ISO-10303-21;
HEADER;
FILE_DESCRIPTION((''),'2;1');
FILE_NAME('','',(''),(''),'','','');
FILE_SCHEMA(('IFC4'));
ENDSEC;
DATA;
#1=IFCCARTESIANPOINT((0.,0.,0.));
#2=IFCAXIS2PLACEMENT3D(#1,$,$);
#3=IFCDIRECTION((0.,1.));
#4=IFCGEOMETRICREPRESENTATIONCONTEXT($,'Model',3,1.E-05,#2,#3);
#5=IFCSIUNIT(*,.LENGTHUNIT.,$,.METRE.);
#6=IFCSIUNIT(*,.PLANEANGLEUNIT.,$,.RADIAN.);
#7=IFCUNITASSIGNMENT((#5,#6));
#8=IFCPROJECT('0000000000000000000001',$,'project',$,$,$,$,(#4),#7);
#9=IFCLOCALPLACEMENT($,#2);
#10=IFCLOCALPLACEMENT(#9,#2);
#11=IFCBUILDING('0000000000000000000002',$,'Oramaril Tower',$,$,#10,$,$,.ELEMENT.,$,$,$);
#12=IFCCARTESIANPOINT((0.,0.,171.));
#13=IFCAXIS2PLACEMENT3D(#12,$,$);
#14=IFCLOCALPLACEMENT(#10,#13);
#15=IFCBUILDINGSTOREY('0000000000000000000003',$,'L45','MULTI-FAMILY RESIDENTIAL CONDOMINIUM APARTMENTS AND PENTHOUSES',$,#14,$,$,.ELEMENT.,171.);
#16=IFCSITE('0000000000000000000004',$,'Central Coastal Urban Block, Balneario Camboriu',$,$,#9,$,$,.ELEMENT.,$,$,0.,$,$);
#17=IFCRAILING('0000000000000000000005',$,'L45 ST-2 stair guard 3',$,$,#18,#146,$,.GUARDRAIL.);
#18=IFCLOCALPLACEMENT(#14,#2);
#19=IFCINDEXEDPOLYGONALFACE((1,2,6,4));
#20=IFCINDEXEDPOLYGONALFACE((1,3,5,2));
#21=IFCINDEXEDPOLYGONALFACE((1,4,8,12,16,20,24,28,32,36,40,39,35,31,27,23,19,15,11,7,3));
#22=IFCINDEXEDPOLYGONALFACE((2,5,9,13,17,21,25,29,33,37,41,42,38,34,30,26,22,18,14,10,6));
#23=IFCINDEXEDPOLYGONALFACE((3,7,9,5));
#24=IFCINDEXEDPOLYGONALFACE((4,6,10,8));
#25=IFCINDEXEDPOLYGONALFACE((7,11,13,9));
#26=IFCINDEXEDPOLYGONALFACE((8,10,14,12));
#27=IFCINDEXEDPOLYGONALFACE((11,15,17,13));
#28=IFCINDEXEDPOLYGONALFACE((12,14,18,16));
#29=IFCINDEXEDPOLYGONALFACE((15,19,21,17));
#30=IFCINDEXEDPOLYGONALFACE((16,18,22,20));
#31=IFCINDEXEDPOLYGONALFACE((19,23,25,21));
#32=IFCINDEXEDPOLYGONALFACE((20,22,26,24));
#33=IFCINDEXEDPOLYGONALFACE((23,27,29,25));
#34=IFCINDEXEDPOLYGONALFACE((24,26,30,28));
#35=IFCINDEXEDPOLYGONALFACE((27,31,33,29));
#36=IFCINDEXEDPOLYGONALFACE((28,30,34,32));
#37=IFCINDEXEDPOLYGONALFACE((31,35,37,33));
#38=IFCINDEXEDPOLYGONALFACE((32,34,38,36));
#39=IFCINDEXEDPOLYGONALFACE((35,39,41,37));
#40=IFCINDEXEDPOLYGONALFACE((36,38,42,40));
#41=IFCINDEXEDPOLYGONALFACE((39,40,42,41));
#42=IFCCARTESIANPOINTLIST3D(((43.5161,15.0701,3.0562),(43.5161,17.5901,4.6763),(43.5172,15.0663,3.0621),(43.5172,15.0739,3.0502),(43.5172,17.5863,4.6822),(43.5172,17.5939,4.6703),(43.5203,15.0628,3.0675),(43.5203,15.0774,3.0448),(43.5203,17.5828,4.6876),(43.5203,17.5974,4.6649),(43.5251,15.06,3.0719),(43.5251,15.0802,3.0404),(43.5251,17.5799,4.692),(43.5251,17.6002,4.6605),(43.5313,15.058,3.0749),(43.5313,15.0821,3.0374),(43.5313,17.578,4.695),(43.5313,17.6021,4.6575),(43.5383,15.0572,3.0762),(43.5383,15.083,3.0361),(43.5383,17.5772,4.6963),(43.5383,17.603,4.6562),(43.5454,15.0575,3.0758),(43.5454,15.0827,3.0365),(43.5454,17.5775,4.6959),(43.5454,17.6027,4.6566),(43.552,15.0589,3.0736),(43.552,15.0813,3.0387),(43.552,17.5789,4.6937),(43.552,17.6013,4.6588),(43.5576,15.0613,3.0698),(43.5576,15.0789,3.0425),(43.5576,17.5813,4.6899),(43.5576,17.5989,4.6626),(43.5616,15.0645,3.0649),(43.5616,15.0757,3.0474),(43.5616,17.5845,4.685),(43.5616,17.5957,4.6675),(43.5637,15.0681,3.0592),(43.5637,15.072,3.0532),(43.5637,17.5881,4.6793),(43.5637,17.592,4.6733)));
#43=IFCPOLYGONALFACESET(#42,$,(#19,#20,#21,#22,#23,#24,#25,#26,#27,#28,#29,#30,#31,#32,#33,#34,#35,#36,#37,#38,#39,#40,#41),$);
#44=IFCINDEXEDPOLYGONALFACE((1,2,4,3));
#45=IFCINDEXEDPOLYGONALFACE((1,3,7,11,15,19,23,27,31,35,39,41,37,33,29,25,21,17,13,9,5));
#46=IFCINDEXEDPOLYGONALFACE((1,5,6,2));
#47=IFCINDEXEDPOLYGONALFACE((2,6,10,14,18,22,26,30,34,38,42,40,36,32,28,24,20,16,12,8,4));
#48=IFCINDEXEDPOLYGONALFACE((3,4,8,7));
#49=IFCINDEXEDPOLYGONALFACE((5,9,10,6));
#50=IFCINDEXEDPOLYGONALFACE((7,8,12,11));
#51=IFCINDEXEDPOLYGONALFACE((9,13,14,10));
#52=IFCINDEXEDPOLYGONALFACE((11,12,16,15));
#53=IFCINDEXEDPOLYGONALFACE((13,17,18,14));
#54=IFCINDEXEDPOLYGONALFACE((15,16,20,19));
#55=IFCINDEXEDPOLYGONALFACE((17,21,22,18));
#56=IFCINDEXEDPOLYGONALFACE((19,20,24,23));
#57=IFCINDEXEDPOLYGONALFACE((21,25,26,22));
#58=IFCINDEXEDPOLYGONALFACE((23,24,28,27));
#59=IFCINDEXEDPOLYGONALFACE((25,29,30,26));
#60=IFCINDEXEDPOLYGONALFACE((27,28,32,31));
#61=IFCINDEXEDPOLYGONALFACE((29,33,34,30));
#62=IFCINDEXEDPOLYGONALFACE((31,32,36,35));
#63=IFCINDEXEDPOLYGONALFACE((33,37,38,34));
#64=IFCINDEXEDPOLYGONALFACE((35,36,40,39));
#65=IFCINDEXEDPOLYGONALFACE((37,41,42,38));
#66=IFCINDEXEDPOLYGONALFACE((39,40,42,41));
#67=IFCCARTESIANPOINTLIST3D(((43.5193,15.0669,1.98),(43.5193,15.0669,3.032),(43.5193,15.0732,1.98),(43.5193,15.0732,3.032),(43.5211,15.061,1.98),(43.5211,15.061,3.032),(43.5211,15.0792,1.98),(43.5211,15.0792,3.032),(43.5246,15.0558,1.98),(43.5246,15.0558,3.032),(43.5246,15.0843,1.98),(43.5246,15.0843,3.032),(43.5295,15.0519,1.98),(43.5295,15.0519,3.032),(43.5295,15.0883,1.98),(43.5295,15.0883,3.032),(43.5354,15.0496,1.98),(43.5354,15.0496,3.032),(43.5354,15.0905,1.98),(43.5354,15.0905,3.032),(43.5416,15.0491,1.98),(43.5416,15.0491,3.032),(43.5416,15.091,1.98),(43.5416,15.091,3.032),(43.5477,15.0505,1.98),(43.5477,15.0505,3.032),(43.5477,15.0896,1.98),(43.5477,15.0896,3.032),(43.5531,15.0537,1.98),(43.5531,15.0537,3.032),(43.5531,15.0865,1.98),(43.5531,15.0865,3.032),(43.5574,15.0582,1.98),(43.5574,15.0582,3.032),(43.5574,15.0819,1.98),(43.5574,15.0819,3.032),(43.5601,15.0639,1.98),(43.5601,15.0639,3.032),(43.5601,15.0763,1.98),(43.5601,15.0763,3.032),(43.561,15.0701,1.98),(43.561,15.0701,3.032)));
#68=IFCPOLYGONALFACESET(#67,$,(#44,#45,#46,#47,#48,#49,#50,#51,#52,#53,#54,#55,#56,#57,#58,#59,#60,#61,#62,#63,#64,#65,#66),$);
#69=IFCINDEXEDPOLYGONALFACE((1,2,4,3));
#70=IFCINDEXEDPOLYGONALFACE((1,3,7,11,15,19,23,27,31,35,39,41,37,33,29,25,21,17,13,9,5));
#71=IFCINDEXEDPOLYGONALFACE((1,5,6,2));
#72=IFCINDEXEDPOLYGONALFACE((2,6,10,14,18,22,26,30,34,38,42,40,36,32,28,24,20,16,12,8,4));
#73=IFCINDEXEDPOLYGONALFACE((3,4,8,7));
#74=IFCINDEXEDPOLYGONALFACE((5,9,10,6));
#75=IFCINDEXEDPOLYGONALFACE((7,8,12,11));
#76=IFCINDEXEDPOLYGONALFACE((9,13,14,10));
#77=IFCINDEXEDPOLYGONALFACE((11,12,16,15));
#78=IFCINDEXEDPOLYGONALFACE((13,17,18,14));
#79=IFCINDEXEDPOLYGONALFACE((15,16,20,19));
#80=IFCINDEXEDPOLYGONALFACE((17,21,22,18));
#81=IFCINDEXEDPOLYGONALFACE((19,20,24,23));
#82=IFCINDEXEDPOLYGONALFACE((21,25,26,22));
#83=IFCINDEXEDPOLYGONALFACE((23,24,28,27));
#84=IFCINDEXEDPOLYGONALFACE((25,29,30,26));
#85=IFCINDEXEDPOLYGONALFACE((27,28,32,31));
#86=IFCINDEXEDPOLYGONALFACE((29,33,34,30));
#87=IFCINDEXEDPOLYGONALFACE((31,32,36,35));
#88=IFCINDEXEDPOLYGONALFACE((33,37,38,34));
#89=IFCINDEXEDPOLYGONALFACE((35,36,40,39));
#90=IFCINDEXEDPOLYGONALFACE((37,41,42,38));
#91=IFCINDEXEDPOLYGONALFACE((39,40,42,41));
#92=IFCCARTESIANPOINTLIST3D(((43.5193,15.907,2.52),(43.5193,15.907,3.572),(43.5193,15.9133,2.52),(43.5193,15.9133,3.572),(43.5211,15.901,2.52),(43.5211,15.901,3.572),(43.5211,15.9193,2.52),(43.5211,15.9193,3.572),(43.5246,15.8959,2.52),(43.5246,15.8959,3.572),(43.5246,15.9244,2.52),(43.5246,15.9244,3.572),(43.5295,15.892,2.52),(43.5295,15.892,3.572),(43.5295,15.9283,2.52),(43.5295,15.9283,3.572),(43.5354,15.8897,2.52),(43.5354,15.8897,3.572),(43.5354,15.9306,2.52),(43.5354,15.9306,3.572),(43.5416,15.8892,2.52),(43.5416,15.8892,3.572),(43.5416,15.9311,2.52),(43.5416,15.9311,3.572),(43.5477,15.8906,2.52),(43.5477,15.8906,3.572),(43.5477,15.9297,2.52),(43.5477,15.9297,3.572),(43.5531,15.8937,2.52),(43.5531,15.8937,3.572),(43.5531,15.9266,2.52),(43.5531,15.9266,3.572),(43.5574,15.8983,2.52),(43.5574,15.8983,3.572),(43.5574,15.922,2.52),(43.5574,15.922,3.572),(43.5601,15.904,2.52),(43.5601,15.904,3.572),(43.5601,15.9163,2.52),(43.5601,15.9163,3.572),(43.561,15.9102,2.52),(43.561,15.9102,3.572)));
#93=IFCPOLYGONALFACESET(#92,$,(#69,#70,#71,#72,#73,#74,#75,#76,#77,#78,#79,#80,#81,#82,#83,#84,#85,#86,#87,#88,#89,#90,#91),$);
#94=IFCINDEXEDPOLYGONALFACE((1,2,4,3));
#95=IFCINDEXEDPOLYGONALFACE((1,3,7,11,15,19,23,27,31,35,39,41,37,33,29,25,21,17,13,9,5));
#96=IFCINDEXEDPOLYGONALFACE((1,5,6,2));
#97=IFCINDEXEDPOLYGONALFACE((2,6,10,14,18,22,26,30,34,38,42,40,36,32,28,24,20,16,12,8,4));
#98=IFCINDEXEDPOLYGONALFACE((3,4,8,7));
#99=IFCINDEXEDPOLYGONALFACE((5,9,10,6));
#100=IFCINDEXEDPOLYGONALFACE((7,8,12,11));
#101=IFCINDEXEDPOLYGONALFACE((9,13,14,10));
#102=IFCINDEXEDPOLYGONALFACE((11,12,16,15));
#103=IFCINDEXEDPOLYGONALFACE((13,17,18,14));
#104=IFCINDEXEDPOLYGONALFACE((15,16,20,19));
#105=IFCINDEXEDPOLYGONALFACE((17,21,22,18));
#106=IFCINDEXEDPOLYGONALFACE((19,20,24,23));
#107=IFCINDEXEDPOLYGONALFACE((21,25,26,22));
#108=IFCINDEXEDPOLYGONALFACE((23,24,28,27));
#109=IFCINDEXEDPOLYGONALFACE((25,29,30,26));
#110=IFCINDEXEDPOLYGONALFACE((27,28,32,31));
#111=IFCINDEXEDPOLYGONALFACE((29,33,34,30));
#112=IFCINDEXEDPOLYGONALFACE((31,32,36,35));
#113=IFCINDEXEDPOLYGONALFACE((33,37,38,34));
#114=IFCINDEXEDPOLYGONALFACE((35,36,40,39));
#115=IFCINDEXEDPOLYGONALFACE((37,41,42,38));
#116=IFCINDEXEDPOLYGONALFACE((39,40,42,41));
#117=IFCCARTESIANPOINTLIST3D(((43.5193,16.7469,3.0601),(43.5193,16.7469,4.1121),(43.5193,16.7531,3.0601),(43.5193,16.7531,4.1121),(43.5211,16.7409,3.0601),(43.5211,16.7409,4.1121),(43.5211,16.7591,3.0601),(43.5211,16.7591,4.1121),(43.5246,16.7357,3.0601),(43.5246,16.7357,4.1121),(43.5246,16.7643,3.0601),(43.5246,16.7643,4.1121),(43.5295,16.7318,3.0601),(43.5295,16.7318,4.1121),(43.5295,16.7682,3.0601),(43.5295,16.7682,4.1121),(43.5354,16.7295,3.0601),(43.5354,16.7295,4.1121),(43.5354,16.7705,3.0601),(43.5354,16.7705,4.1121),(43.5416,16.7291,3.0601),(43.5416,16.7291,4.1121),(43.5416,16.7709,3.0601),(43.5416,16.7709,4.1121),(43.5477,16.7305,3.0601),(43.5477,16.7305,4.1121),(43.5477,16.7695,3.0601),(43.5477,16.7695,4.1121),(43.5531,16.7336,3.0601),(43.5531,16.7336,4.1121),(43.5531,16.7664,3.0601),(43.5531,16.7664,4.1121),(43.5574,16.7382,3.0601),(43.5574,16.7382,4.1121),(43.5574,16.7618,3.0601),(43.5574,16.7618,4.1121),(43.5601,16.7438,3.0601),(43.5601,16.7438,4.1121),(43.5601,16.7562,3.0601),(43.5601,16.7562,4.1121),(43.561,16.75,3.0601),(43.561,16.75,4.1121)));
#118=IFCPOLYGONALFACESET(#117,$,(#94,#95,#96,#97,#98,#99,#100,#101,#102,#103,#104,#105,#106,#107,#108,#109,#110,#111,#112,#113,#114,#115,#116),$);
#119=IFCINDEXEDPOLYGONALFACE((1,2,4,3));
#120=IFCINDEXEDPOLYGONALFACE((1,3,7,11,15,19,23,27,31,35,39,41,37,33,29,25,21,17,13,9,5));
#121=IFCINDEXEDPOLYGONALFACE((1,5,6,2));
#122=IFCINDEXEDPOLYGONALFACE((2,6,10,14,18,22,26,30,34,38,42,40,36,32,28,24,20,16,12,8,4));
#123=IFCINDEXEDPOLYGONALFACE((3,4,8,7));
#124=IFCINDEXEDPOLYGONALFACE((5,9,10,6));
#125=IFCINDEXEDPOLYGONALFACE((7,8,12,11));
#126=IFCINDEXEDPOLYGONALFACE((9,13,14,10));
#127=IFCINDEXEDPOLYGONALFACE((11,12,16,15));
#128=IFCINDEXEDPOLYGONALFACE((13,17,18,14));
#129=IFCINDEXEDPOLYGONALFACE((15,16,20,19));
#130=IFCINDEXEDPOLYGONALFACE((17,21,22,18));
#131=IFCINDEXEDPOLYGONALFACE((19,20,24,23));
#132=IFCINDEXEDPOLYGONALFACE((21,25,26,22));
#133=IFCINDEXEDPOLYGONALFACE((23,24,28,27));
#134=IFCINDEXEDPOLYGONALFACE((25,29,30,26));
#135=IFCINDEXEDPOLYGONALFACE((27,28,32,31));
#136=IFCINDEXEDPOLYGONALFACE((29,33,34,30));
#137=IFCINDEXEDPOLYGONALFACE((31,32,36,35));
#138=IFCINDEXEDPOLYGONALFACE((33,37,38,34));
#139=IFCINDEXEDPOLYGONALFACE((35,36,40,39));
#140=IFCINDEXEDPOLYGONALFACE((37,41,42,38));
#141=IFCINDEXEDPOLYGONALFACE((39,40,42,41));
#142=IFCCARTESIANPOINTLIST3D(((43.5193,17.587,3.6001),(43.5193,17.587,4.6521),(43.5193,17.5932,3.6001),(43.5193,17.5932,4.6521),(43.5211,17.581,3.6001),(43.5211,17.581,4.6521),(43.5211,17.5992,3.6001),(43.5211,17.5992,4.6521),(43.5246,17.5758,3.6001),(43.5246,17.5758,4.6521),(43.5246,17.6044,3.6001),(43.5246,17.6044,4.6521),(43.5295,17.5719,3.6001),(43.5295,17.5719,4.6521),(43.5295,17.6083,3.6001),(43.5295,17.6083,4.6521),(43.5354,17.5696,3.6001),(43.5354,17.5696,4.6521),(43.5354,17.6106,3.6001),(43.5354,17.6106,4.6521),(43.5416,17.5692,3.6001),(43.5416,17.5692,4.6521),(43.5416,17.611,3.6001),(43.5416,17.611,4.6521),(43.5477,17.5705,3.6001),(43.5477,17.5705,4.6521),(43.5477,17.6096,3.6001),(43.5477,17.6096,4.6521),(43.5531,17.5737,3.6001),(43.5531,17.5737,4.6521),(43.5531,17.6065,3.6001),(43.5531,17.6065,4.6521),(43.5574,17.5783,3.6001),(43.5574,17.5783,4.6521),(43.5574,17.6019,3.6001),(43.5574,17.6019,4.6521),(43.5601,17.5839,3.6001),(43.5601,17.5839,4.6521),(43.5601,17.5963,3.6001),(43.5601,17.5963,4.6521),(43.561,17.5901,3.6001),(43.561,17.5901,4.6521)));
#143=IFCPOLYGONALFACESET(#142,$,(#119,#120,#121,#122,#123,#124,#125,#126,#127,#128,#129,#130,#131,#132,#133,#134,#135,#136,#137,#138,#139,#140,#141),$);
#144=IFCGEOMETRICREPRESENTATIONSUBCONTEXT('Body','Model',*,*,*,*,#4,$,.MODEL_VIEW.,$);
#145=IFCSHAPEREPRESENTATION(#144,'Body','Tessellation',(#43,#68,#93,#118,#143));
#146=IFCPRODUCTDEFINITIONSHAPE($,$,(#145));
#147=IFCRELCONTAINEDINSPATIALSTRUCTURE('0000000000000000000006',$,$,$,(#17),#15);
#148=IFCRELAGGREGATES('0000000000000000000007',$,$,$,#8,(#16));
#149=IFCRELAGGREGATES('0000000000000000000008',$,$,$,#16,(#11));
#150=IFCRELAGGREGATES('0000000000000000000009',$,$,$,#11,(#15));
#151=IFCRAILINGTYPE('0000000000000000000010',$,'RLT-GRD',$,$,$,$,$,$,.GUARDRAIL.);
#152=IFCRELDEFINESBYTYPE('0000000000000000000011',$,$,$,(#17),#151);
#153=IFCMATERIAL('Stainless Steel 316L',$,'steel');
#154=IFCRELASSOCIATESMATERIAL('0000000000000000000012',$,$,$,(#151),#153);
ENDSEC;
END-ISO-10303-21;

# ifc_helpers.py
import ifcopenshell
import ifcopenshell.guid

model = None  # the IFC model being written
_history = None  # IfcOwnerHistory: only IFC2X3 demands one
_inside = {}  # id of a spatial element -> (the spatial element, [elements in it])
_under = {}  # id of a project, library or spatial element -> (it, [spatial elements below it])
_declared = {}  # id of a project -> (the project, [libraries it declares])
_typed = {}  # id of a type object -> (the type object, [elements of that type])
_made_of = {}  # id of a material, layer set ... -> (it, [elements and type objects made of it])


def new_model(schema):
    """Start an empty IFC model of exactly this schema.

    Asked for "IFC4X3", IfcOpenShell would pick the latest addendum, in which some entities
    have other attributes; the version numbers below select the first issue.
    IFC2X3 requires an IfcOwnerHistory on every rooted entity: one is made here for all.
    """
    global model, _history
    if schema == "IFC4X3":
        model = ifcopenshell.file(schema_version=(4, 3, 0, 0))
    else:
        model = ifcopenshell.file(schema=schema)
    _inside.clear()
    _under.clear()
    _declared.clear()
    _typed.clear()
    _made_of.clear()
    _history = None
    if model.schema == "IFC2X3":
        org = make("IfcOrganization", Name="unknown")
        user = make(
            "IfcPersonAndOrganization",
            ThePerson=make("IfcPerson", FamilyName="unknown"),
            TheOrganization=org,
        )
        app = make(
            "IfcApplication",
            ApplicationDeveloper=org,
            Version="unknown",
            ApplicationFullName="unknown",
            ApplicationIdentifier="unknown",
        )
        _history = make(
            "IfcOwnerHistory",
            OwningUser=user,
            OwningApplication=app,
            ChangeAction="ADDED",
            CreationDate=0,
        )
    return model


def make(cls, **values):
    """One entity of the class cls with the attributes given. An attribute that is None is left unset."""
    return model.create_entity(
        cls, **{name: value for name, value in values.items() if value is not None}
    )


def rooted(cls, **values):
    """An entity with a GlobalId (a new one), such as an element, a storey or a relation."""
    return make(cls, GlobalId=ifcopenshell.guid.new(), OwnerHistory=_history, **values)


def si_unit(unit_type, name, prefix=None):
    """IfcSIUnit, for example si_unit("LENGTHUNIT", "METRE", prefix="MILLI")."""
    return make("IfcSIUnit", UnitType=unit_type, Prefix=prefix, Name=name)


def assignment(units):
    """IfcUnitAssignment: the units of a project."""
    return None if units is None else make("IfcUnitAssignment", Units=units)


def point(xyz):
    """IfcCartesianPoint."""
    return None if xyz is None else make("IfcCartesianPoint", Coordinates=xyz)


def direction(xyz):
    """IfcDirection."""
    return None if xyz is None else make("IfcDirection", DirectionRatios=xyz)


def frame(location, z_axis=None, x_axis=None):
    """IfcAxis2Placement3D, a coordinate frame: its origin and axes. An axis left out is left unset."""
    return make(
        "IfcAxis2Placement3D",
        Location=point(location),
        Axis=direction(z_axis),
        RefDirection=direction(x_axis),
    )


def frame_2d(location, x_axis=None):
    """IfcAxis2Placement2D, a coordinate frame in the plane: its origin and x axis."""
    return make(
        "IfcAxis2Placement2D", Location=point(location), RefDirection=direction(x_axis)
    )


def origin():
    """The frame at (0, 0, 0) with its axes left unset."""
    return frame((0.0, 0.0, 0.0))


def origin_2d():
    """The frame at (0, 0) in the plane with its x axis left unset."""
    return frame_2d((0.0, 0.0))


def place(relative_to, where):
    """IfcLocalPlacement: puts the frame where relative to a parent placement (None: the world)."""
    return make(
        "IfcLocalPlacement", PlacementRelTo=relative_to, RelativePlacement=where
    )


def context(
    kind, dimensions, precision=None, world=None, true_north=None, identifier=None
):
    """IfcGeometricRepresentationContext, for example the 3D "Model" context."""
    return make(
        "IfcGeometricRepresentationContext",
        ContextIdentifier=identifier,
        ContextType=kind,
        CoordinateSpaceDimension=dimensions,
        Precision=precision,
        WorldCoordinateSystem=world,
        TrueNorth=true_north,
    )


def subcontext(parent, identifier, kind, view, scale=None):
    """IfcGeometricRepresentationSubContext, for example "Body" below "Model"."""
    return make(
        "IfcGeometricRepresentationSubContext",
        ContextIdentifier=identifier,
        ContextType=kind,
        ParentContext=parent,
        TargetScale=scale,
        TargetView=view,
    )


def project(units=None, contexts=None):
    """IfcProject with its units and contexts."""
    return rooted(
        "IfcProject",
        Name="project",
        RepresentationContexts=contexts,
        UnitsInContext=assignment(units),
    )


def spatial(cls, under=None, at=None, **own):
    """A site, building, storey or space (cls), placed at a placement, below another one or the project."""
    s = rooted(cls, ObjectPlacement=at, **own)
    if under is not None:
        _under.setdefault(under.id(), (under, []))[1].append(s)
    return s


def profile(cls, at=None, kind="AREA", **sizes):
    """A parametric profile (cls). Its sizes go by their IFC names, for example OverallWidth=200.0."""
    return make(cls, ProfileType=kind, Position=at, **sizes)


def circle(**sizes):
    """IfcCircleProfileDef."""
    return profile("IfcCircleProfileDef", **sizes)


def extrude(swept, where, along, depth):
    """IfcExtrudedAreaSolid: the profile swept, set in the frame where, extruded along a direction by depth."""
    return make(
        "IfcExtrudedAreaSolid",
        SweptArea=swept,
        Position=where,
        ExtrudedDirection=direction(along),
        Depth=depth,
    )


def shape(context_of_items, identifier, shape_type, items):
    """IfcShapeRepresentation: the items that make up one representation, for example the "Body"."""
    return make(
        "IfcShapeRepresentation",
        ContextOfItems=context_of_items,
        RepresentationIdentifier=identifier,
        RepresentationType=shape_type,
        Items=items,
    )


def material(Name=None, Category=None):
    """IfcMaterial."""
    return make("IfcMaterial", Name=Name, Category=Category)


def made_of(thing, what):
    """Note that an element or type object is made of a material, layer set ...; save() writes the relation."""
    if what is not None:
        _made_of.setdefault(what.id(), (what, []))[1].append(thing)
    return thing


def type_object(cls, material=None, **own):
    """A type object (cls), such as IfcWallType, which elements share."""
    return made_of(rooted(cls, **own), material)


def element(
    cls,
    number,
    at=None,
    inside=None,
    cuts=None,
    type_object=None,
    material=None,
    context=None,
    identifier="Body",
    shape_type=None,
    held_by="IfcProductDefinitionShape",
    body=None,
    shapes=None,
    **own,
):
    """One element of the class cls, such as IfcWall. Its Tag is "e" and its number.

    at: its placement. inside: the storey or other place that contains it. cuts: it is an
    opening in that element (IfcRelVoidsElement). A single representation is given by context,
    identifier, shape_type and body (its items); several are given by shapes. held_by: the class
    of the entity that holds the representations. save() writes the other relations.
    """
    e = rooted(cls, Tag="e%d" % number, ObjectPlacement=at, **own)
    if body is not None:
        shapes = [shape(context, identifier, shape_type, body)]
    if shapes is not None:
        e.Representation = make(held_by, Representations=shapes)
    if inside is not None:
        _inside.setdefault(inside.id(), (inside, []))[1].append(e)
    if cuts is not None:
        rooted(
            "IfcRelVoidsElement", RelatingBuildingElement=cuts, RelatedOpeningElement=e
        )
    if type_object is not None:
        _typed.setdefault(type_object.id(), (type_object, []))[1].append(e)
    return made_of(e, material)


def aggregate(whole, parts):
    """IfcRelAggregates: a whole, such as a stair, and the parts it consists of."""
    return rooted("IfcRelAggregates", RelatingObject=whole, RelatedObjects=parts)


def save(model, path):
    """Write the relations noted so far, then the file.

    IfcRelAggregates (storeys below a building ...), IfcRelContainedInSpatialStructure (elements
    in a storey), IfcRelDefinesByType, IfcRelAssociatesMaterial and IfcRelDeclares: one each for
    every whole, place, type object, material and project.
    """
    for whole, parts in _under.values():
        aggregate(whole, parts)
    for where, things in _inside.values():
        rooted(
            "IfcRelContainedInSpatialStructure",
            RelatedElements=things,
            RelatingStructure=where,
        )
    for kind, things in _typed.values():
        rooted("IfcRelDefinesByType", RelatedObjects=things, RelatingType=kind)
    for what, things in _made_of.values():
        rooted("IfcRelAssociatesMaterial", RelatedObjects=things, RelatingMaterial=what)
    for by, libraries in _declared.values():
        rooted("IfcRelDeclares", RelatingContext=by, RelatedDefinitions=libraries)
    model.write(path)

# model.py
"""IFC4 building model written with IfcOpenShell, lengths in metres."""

from ifc_helpers import new_model, si_unit, direction, frame, origin, origin_2d, place, context, subcontext, project, spatial, circle, extrude, material, type_object, element, save


model = new_model("IFC4")

# Units and contexts
model_context = context("Model", 3, precision=1e-05, world=origin(), true_north=direction((0.0, 1.0)))
body_context = subcontext(model_context, "Body", "Model", "MODEL_VIEW")
ifc_project = project(units=[si_unit("LENGTHUNIT", "METRE"), si_unit("PLANEANGLEUNIT", "RADIAN")], contexts=[model_context])

# Site, building, storey
site_placement = place(None, origin())
site = spatial("IfcSite", under=ifc_project, at=site_placement, Name="Central Coastal Urban Block, Balneario Camboriu", CompositionType="ELEMENT", RefElevation=0.0)
building_placement = place(site_placement, origin())
building = spatial("IfcBuilding", under=site, at=building_placement, Name="Oramaril Tower", CompositionType="ELEMENT")
storey_placement = place(building_placement, frame((0.0, 0.0, 171.0)))
storey = spatial("IfcBuildingStorey", under=building, at=storey_placement, Name="L45", Description="MULTI-FAMILY RESIDENTIAL CONDOMINIUM APARTMENTS AND PENTHOUSES", CompositionType="ELEMENT", Elevation=171.0)

# Railing
ifc_material_1 = material(Name="Stainless Steel 316L", Category="steel")
railing_type_1 = type_object("IfcRailingType", Name="RLT-GRD", PredefinedType="GUARDRAIL", material=ifc_material_1)
railing_1_placement = place(storey_placement, frame((43.54, 15.0701, 1.98)))
element("IfcRailing", 1, at=railing_1_placement, inside=storey, type_object=railing_type_1, Name="L45 ST-2 stair guard 3", PredefinedType="GUARDRAIL", context=body_context, shape_type="SweptSolid", body=[
    extrude(circle(Radius=0.0239, at=origin_2d()), frame((0.0, 0.0, 1.0762), z_axis=(0.0, 0.841163, 0.540782), x_axis=(-1.0, 0.0, 0.0)), (0.0, 0.0, 1.0), 2.9958),
    extrude(circle(Radius=0.021, at=origin_2d()), origin(), (0.0, 0.0, 1.0), 1.052),
    extrude(circle(Radius=0.021, at=origin_2d()), frame((0.0, 0.8401, 0.54)), (0.0, 0.0, 1.0), 1.052),
    extrude(circle(Radius=0.021, at=origin_2d()), frame((0.0, 1.6799, 1.0801)), (0.0, 0.0, 1.0), 1.052),
    extrude(circle(Radius=0.021, at=origin_2d()), frame((0.0, 2.52, 1.6201)), (0.0, 0.0, 1.0), 1.052),
])

save(model, "model.ifc")
